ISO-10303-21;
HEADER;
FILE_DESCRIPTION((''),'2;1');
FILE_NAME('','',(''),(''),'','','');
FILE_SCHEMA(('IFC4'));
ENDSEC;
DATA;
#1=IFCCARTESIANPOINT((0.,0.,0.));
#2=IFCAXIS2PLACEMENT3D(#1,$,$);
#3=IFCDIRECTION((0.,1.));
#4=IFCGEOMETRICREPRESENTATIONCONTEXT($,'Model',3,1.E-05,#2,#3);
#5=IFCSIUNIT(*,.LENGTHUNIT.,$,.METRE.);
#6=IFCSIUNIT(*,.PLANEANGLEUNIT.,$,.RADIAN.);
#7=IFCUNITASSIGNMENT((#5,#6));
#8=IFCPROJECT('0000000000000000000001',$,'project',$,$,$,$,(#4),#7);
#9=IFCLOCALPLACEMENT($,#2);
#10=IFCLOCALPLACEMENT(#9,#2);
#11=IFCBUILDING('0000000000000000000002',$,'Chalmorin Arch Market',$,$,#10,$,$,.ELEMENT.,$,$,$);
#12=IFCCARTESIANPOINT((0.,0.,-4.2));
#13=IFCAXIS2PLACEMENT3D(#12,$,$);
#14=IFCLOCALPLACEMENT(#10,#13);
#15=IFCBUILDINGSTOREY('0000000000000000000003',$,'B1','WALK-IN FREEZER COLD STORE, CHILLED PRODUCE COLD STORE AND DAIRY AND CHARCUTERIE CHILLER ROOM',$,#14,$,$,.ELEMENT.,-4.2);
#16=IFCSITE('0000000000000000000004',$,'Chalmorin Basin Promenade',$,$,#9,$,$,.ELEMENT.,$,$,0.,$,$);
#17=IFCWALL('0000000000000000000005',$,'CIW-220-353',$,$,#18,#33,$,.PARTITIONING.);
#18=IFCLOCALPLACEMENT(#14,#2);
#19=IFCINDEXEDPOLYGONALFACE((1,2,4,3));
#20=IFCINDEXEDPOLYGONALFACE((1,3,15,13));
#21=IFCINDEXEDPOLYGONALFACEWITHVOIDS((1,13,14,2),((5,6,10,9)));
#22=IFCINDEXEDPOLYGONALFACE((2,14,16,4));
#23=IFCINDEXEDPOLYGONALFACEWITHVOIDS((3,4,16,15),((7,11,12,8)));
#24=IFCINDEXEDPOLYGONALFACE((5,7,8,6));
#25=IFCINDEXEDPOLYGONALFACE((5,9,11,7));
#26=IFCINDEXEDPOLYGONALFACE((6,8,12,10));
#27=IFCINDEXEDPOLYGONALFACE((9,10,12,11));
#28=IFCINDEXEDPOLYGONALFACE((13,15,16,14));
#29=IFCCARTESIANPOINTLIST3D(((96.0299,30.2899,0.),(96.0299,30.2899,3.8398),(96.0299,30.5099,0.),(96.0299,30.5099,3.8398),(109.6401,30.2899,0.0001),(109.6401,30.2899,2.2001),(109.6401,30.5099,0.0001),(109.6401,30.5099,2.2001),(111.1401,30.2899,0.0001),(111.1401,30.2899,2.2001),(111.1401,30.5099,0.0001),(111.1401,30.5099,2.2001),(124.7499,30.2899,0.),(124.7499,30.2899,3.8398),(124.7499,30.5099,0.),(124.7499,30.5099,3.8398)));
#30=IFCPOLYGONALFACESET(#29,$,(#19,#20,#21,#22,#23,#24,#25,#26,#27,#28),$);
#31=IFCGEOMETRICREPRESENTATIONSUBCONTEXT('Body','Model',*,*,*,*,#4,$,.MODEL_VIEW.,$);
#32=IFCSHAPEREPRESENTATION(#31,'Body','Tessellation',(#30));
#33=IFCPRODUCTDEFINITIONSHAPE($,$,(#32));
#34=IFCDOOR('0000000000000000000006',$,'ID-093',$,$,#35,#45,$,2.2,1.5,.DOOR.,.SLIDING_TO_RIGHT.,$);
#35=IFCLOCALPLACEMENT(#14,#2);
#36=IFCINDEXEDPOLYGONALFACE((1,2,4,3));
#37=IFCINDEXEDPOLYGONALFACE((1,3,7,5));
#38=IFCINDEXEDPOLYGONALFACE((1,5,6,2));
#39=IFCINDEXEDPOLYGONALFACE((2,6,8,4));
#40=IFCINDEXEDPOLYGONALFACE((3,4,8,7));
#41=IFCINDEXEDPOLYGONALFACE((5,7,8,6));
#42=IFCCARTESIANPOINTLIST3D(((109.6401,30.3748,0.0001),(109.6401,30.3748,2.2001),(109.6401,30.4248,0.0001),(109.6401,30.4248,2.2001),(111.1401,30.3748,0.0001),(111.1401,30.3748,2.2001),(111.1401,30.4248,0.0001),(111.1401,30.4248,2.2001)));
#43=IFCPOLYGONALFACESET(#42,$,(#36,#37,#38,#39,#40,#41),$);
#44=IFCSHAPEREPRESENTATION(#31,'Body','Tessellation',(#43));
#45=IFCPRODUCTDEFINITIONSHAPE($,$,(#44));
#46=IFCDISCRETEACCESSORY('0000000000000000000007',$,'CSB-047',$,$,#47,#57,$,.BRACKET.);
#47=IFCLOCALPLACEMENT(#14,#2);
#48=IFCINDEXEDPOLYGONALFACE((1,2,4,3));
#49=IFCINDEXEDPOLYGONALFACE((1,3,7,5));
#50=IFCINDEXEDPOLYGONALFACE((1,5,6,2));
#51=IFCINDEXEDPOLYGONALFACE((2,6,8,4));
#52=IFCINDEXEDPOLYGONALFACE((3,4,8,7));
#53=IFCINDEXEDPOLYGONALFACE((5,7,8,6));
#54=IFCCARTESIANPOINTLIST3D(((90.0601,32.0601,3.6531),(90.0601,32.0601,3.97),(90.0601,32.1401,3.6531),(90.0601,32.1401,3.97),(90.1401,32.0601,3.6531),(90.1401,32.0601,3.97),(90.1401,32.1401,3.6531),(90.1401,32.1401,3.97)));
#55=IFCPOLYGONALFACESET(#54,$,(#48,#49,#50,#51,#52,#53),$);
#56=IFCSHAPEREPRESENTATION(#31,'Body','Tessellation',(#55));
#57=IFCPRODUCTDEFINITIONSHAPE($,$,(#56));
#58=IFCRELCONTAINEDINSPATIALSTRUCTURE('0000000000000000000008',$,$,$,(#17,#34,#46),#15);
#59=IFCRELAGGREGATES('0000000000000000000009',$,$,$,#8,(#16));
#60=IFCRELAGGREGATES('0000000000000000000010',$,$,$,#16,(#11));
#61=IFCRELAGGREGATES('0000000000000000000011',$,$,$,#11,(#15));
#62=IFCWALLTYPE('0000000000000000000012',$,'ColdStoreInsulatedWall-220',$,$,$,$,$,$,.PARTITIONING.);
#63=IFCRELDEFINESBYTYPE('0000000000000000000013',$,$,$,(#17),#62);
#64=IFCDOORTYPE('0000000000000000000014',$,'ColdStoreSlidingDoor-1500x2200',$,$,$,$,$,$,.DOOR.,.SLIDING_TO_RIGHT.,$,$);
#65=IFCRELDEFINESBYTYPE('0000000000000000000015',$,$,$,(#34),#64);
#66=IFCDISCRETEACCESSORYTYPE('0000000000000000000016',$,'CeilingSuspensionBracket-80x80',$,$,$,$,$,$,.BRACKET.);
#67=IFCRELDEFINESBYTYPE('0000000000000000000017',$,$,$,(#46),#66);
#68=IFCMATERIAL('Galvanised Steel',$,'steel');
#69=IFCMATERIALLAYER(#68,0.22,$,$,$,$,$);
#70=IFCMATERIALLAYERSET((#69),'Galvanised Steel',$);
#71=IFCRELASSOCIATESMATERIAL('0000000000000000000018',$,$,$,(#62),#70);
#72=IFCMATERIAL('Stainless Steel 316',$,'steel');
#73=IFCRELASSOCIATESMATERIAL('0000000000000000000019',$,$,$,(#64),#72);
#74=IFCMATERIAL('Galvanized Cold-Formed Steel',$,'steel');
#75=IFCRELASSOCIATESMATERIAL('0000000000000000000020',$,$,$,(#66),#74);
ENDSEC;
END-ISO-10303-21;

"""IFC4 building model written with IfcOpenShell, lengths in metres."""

from ifc_helpers import new_model, si_unit, direction, frame, frame_2d, origin, origin_2d, place, context, subcontext, project, spatial, rectangle, extrude, material, layer, layer_set, type_object, element, fill, save


model = new_model("IFC4")

# Units and contexts
model_context = context("Model", 3, precision=1e-05, world=origin(), true_north=direction((0.0, 1.0)))
body_context = subcontext(model_context, "Body", "Model", "MODEL_VIEW")
ifc_project = project(units=[si_unit("LENGTHUNIT", "METRE"), si_unit("PLANEANGLEUNIT", "RADIAN")], contexts=[model_context])

# Site, building, storey
site_placement = place(None, origin())
site = spatial("IfcSite", under=ifc_project, at=site_placement, Name="Chalmorin Basin Promenade", CompositionType="ELEMENT", RefElevation=0.0)
building_placement = place(site_placement, origin())
building = spatial("IfcBuilding", under=site, at=building_placement, Name="Chalmorin Arch Market", CompositionType="ELEMENT")
storey_placement = place(building_placement, frame((0.0, 0.0, -4.2)))
storey = spatial("IfcBuildingStorey", under=building, at=storey_placement, Name="B1", Description="WALK-IN FREEZER COLD STORE, CHILLED PRODUCE COLD STORE AND DAIRY AND CHARCUTERIE CHILLER ROOM", CompositionType="ELEMENT", Elevation=-4.2)

# Wall, opening, door
ifc_material_1 = material(Name="Galvanised Steel", Category="steel")
ifc_layer_1 = layer(ifc_material_1, 0.22)
ifc_layer_set_1 = layer_set([ifc_layer_1], Name="Galvanised Steel")
wall_type = type_object("IfcWallType", Name="ColdStoreInsulatedWall-220", PredefinedType="PARTITIONING", material=ifc_layer_set_1)
wall_placement = place(storey_placement, frame((96.03, 30.3999, 0.0), z_axis=(0.0, 0.0, 1.0), x_axis=(1.0, 0.0, 0.0)))
wall = element("IfcWall", 1, at=wall_placement, inside=storey, type_object=wall_type, Name="CIW-220-353", PredefinedType="PARTITIONING", context=body_context, shape_type="SweptSolid", body=[
    extrude(rectangle(XDim=28.72, YDim=0.22, at=frame_2d((14.3599, 0.0))), origin(), (0.0, 0.0, 1.0), 3.8398),
])
opening_placement = place(wall_placement, frame((13.6101, 0.0, 0.0)))
opening = element("IfcOpeningElement", 2, at=opening_placement, cuts=wall, PredefinedType="OPENING", context=body_context, shape_type="SweptSolid", body=[
    extrude(rectangle(XDim=1.5, YDim=2.2, at=frame_2d((0.75, 1.1001))), frame((0.0, 0.1199, 0.0), z_axis=(0.0, -1.0, 0.0), x_axis=(1.0, 0.0, 0.0)), (0.0, 0.0, 1.0), 0.24),
])
ifc_material_2 = material(Name="Stainless Steel 316", Category="steel")
door_type = type_object("IfcDoorType", Name="ColdStoreSlidingDoor-1500x2200", OperationType="SLIDING_TO_RIGHT", PredefinedType="DOOR", material=ifc_material_2)
door_placement = place(opening_placement, origin())
door = element("IfcDoor", 3, at=door_placement, inside=storey, type_object=door_type, Name="ID-093", OperationType="SLIDING_TO_RIGHT", OverallHeight=2.2, OverallWidth=1.5, PredefinedType="DOOR", context=body_context, shape_type="SweptSolid", body=[
    extrude(rectangle(XDim=1.5, YDim=2.2, at=frame_2d((0.75, 1.1001))), frame((0.0, 0.0249, 0.0), z_axis=(0.0, -1.0, 0.0), x_axis=(1.0, 0.0, 0.0)), (0.0, 0.0, 1.0), 0.05),
])
fill(opening, door)

# Discrete accessory
ifc_material_3 = material(Name="Galvanized Cold-Formed Steel", Category="steel")
discrete_accessory_type = type_object("IfcDiscreteAccessoryType", Name="CeilingSuspensionBracket-80x80", PredefinedType="BRACKET", material=ifc_material_3)
discrete_accessory_placement = place(storey_placement, frame((90.1001, 32.1001, 3.6531), z_axis=(0.0, 0.0, 1.0), x_axis=(1.0, 0.0, 0.0)))
element("IfcDiscreteAccessory", 4, at=discrete_accessory_placement, inside=storey, type_object=discrete_accessory_type, Name="CSB-047", PredefinedType="BRACKET", context=body_context, shape_type="SweptSolid", body=[
    extrude(rectangle(XDim=0.0801, YDim=0.0801, at=origin_2d()), origin(), (0.0, 0.0, 1.0), 0.3169),
])

save(model, "model.ifc")
